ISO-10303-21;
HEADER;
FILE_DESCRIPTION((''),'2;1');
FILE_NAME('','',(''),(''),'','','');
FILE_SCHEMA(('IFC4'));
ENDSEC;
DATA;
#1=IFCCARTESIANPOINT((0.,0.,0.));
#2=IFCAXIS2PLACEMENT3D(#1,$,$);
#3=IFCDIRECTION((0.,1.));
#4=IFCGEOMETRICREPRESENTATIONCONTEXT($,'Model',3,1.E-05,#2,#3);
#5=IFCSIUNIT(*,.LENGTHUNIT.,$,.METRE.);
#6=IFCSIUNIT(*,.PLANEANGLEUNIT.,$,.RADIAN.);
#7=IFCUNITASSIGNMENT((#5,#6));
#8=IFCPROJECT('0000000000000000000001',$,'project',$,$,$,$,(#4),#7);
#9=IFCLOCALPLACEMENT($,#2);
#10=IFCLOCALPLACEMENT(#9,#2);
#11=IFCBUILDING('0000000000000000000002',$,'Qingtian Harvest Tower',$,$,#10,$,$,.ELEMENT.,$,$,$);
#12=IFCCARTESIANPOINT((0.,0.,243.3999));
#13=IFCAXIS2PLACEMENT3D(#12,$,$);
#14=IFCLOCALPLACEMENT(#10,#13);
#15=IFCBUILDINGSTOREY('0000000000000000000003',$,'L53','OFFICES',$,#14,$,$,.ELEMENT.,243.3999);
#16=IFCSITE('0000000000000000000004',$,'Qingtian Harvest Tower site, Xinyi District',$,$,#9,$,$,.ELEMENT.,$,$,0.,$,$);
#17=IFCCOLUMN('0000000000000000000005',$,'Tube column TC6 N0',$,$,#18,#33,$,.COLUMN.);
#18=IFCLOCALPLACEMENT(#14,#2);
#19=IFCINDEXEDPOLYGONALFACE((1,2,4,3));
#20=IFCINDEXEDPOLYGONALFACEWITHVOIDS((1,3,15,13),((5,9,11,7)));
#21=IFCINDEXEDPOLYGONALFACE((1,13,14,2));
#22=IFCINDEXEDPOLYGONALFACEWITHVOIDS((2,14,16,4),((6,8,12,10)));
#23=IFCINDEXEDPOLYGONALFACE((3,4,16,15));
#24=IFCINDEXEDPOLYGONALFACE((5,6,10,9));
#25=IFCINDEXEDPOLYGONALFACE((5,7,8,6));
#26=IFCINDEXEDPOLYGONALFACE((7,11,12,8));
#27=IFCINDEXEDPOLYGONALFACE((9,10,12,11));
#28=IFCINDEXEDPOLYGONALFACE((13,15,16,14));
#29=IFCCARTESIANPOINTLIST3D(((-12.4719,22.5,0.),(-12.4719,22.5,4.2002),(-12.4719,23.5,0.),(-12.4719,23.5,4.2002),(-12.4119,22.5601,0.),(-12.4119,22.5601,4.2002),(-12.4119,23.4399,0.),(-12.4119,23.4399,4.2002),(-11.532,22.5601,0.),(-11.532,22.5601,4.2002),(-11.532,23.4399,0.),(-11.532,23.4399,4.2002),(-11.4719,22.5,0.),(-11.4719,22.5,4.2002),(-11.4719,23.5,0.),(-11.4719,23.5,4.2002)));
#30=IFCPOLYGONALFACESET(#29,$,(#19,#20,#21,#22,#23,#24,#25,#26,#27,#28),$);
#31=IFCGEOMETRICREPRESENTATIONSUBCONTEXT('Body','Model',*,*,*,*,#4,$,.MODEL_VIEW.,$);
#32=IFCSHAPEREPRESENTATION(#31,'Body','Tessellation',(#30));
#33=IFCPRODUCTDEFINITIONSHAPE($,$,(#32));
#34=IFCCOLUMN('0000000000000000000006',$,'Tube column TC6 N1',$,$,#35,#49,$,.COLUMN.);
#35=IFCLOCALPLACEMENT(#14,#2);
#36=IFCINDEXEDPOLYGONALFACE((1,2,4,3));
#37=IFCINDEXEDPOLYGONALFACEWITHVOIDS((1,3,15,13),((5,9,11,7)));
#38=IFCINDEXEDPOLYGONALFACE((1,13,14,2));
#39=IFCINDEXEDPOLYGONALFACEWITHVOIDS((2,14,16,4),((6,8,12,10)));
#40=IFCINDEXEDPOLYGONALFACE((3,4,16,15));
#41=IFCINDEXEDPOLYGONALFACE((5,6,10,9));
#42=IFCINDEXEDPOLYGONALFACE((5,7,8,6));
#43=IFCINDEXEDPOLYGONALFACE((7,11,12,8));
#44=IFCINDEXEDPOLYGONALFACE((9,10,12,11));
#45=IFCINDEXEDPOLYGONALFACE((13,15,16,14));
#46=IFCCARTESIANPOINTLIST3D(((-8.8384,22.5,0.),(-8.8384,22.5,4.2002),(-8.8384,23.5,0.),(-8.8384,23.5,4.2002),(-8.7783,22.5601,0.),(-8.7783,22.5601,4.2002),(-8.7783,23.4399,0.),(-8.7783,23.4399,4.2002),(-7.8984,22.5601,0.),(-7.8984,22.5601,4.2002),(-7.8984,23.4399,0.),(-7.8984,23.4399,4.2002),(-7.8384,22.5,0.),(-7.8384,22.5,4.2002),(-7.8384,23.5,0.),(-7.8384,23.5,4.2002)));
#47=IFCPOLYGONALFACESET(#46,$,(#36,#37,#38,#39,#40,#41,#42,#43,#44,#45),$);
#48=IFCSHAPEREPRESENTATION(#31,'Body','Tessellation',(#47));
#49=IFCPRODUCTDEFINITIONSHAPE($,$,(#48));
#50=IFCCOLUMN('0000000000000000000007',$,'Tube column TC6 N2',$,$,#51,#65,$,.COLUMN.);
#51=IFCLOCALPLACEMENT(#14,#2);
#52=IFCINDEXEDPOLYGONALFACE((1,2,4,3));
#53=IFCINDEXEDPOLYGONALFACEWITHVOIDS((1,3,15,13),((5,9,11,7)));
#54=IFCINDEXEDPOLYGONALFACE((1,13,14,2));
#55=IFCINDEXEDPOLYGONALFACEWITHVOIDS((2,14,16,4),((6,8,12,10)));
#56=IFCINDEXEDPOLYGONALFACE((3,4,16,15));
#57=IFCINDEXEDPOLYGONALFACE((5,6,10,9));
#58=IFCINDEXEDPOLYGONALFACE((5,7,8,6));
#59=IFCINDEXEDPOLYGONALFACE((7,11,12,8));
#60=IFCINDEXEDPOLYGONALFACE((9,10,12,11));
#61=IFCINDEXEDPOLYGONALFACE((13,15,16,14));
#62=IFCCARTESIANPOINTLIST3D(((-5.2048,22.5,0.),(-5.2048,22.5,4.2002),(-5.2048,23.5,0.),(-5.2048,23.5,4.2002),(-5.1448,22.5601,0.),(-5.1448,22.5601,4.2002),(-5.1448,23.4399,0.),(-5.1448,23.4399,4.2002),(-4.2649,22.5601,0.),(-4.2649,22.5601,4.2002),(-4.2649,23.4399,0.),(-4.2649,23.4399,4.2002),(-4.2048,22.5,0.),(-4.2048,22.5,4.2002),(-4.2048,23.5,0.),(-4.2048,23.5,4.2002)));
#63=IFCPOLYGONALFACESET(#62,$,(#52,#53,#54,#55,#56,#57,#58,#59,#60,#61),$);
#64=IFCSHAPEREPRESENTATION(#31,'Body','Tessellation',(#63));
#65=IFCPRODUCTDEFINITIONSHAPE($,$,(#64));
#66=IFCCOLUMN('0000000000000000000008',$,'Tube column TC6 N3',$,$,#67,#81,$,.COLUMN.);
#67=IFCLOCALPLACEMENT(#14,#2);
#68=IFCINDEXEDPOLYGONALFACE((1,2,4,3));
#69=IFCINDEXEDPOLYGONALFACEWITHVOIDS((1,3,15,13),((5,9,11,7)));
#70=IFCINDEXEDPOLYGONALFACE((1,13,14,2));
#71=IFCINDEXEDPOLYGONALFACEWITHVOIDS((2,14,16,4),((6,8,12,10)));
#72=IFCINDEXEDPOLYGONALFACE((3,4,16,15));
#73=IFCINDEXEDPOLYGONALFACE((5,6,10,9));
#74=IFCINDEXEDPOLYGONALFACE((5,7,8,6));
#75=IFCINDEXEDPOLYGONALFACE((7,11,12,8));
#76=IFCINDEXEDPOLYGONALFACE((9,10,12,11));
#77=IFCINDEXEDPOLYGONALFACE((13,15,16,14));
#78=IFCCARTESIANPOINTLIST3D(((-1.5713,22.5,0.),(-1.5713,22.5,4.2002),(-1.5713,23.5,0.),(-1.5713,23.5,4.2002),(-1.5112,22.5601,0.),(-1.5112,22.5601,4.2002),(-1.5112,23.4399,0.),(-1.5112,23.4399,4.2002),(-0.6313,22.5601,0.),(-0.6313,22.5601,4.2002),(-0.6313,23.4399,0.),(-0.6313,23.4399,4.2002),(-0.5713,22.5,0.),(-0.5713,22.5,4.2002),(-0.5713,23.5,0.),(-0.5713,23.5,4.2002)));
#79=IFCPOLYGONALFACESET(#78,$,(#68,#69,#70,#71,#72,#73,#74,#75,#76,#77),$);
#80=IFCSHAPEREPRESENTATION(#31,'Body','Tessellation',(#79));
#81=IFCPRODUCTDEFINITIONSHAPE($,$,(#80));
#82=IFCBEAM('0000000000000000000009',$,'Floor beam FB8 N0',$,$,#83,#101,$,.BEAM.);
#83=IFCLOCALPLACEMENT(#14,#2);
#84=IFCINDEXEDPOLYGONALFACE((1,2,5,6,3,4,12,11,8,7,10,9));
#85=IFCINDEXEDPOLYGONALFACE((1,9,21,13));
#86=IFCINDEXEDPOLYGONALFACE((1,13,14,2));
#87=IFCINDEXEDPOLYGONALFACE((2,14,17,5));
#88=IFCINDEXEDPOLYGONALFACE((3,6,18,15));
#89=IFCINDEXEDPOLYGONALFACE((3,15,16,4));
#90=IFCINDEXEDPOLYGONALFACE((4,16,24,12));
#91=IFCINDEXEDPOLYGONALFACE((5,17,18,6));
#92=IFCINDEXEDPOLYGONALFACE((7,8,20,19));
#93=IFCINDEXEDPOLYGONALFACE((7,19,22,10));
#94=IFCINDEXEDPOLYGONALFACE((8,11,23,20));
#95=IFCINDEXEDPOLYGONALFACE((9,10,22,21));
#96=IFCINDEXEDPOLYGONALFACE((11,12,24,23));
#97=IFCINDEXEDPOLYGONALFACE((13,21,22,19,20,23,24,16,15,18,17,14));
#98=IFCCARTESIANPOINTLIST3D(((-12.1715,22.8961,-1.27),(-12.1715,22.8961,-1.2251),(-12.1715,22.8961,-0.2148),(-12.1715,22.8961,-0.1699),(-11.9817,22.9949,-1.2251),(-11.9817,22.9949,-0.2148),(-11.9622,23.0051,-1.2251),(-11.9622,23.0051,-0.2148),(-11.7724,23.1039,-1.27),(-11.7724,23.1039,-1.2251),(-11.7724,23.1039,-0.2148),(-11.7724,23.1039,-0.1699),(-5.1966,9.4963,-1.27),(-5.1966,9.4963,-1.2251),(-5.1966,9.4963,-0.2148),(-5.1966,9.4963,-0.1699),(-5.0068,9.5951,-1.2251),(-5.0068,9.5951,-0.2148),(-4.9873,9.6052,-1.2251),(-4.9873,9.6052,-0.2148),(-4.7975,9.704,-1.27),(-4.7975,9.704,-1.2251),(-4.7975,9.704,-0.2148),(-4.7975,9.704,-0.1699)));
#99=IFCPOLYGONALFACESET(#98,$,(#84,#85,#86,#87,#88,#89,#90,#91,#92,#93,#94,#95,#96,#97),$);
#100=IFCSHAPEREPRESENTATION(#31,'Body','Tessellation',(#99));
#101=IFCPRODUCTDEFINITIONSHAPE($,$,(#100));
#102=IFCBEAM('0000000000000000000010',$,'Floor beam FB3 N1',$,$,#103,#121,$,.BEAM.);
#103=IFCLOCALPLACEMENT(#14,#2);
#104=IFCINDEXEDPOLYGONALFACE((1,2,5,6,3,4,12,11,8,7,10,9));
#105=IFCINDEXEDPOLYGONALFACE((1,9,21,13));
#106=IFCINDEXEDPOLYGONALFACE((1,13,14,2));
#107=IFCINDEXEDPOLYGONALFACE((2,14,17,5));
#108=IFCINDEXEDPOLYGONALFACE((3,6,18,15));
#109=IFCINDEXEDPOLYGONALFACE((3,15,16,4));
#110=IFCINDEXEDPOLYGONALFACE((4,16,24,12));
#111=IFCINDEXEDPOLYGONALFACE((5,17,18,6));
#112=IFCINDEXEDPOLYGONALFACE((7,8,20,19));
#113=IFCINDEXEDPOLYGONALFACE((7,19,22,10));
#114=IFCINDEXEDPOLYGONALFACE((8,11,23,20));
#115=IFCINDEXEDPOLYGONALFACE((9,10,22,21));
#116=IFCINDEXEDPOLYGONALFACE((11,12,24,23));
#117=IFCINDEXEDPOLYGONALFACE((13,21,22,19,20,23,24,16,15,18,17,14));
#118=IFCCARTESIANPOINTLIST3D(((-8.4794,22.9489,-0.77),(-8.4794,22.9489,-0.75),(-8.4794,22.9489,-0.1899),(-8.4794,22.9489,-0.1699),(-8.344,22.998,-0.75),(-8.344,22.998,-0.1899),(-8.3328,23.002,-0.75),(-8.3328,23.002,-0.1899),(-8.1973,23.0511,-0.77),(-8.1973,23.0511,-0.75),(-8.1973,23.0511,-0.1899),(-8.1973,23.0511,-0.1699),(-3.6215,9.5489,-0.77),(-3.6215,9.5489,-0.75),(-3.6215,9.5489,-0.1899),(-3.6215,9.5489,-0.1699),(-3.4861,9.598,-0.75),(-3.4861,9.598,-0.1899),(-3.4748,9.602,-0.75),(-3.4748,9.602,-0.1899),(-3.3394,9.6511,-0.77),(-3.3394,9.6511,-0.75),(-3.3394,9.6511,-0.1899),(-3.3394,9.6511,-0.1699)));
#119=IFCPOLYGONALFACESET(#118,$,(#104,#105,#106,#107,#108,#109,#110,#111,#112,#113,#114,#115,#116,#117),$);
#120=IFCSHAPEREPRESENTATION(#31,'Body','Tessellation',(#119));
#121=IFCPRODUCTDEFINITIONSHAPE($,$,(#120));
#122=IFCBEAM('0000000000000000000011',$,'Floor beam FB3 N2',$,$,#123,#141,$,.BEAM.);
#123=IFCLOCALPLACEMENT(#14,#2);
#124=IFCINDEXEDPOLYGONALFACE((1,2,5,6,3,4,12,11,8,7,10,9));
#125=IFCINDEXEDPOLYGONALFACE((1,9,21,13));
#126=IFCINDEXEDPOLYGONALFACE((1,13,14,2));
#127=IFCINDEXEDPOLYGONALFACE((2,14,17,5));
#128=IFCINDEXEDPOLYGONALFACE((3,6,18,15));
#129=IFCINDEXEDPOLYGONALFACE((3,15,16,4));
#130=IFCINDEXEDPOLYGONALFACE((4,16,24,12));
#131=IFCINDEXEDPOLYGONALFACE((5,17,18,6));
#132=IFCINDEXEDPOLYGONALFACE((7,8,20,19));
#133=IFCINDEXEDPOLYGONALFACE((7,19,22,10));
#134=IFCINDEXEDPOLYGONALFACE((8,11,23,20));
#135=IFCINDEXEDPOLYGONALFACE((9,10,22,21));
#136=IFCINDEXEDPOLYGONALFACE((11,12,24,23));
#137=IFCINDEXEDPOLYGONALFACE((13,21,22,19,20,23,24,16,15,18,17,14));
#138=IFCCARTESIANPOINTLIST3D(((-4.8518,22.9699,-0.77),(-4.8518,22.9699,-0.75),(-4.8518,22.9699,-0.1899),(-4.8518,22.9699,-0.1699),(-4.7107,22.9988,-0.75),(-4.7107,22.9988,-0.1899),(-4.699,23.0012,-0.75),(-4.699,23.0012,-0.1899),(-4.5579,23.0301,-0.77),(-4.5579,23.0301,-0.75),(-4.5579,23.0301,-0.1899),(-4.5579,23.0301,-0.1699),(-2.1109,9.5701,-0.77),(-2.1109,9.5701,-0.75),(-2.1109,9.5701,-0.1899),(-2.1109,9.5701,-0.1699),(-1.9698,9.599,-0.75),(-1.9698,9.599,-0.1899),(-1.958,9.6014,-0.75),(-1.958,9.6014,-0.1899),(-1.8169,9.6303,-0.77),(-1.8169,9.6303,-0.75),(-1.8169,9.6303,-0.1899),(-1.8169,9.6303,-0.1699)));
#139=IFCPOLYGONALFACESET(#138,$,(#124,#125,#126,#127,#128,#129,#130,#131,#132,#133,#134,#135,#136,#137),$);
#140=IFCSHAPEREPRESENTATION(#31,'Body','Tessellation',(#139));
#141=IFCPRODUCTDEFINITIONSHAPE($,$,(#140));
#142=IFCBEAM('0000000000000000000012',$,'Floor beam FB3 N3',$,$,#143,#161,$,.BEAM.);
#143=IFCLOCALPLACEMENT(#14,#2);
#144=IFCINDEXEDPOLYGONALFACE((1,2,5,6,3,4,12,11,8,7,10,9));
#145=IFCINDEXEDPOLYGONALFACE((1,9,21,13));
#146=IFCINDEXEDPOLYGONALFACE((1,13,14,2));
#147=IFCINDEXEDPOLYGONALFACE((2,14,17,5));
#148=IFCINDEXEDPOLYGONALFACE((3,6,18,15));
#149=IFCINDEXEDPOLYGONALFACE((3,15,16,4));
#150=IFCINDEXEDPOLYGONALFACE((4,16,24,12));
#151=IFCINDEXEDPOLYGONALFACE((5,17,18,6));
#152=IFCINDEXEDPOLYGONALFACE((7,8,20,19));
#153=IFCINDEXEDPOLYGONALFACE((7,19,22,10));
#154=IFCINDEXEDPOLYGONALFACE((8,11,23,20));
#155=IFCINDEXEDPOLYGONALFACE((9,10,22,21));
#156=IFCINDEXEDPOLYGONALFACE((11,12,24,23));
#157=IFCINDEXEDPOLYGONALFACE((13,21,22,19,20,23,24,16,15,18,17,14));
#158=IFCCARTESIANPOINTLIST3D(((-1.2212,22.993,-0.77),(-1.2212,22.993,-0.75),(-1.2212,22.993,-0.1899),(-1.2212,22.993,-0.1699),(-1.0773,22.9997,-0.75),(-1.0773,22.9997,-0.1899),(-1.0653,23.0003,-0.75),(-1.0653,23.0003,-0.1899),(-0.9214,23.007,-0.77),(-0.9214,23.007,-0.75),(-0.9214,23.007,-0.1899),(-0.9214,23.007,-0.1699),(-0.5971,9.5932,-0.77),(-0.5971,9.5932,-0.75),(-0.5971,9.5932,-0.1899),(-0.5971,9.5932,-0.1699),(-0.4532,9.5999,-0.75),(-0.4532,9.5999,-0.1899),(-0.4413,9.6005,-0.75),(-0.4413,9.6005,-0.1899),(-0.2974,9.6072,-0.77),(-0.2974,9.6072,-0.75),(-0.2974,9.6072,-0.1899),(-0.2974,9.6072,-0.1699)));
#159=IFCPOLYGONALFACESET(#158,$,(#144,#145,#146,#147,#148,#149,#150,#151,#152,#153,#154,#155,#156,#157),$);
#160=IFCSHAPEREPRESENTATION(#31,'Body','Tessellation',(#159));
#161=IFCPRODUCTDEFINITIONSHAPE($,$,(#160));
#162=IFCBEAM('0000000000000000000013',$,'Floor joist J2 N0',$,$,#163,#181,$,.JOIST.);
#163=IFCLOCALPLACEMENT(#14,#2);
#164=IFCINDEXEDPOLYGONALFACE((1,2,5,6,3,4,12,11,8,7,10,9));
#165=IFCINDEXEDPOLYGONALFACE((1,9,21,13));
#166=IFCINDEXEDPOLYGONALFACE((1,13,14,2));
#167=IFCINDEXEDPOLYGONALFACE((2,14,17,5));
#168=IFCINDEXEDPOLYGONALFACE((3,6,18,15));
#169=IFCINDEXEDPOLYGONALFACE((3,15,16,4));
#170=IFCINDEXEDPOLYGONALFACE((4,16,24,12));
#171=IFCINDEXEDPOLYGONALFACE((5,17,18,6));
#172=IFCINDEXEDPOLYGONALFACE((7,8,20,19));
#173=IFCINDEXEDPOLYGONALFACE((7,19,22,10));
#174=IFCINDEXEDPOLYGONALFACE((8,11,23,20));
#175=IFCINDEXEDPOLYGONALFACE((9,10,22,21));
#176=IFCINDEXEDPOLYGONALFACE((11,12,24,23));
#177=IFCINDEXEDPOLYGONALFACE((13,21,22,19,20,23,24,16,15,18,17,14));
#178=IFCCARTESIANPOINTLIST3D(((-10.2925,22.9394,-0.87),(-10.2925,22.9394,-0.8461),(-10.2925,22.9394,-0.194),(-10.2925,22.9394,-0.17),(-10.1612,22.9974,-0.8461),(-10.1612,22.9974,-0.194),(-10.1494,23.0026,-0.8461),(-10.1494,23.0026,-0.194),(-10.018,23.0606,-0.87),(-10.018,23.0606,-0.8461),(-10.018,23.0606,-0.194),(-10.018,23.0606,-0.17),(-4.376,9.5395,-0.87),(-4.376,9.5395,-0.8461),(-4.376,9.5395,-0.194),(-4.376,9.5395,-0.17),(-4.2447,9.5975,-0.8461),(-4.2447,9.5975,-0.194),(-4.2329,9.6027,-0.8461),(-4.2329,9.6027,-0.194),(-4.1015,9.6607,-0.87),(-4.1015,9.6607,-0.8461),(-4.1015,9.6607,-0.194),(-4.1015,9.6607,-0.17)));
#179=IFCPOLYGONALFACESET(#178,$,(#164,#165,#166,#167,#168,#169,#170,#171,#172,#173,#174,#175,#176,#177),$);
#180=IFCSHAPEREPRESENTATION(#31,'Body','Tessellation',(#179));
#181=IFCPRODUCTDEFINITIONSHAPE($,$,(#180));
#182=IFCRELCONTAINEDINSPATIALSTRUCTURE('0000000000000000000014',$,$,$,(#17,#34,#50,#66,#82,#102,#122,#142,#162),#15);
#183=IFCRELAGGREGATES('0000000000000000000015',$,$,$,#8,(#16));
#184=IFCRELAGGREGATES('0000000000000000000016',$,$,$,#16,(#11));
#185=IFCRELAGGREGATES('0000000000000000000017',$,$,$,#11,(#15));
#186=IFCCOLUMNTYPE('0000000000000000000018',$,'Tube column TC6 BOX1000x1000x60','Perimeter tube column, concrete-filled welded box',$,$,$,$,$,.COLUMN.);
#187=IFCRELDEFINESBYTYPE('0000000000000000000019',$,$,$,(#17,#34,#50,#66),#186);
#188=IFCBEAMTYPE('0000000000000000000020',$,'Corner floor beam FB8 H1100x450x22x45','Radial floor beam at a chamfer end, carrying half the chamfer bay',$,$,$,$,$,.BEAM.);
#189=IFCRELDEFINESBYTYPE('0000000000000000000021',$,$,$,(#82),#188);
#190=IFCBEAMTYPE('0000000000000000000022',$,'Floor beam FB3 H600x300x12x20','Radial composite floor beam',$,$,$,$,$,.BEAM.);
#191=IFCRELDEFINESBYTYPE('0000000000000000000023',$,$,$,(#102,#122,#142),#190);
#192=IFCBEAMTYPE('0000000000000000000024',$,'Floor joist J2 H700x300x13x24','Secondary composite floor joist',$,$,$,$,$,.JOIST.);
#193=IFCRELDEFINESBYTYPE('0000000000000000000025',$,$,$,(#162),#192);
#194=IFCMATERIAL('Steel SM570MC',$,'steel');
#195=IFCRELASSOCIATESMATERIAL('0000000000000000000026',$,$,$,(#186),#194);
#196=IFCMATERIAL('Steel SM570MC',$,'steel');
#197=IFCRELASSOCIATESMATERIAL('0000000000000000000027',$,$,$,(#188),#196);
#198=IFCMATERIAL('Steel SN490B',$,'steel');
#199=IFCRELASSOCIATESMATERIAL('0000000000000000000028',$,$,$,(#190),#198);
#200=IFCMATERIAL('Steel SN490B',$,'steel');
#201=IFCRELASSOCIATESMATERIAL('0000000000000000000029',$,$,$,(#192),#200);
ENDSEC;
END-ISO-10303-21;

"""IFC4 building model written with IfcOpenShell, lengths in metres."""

from ifc_helpers import new_model, si_unit, direction, frame, origin, origin_2d, place, context, subcontext, project, spatial, hollow_rectangle, i_section, extrude, material, material_profile, profile_set, type_object, element, save


model = new_model("IFC4")

# Units and contexts
model_context = context("Model", 3, precision=1e-05, world=origin(), true_north=direction((0.0, 1.0)))
body_context = subcontext(model_context, "Body", "Model", "MODEL_VIEW")
ifc_project = project(units=[si_unit("LENGTHUNIT", "METRE"), si_unit("PLANEANGLEUNIT", "RADIAN")], contexts=[model_context])

# Site, building, storey
site_placement = place(None, origin())
site = spatial("IfcSite", under=ifc_project, at=site_placement, Name="Qingtian Harvest Tower site, Xinyi District", CompositionType="ELEMENT", RefElevation=0.0)
building_placement = place(site_placement, origin())
building = spatial("IfcBuilding", under=site, at=building_placement, Name="Qingtian Harvest Tower", CompositionType="ELEMENT")
storey_placement = place(building_placement, frame((0.0, 0.0, 243.3999)))
storey = spatial("IfcBuildingStorey", under=building, at=storey_placement, Name="L53", Description="OFFICES", CompositionType="ELEMENT", Elevation=243.3999)

# Columns
ifc_material_1 = material(Name="Steel SM570MC", Category="steel")
ifc_material_profile_1 = material_profile(ifc_material_1, hollow_rectangle(XDim=1.0, YDim=1.0, WallThickness=0.0601, at=origin_2d()), Name="BOX1000x1000x60")
ifc_profile_set_1 = profile_set([ifc_material_profile_1], Name="Steel SM570MC")
column_type = type_object("IfcColumnType", Name="Tube column TC6 BOX1000x1000x60", Description="Perimeter tube column, concrete-filled welded box", PredefinedType="COLUMN", material=ifc_profile_set_1)
for number, where, z_axis, x_axis, name in (
    (1, (-11.9719, 23.0, 0.0), (0.0, 0.0, 1.0), (-1.0, 0.0, 0.0), "Tube column TC6 N0"),
    (2, (-8.3384, 23.0, 0.0), (0.0, 0.0, 1.0), (-1.0, 0.0, 0.0), "Tube column TC6 N1"),
    (3, (-4.7048, 23.0, 0.0), (0.0, 0.0, 1.0), (-1.0, 0.0, 0.0), "Tube column TC6 N2"),
    (4, (-1.0713, 23.0, 0.0), (0.0, 0.0, 1.0), (-1.0, 0.0, 0.0), "Tube column TC6 N3"),
):
    element("IfcColumn", number, at=place(storey_placement, frame(where, z_axis=z_axis, x_axis=x_axis)), inside=storey, type_object=column_type, Name=name, PredefinedType="COLUMN", context=body_context, shape_type="SweptSolid", body=[
        extrude(hollow_rectangle(XDim=1.0, YDim=1.0, WallThickness=0.0601, at=origin_2d()), origin(), (0.0, 0.0, 1.0), 4.2002),
    ])

# Beams
ifc_material_2 = material(Name="Steel SM570MC", Category="steel")
ifc_material_profile_2 = material_profile(ifc_material_2, i_section(OverallWidth=0.45, OverallDepth=1.1001, WebThickness=0.022, FlangeThickness=0.0449, at=origin_2d()), Name="H1100x450x22x45")
ifc_profile_set_2 = profile_set([ifc_material_profile_2], Name="Steel SM570MC")
beam_type_1 = type_object("IfcBeamType", Name="Corner floor beam FB8 H1100x450x22x45", Description="Radial floor beam at a chamfer end, carrying half the chamfer bay", PredefinedType="BEAM", material=ifc_profile_set_2)
beam_1_placement = place(storey_placement, frame((-11.9719, 23.0, -0.72), z_axis=(0.461712, -0.88703, 0.0), x_axis=(0.88703, 0.461712, 0.0)))
element("IfcBeam", 5, at=beam_1_placement, inside=storey, type_object=beam_type_1, Name="Floor beam FB8 N0", PredefinedType="BEAM", context=body_context, shape_type="SweptSolid", body=[
    extrude(i_section(OverallWidth=0.45, OverallDepth=1.1001, WebThickness=0.022, FlangeThickness=0.0449, at=origin_2d()), origin(), (0.0, 0.0, 1.0), 15.1064),
])
ifc_material_3 = material(Name="Steel SN490B", Category="steel")
ifc_material_profile_3 = material_profile(ifc_material_3, i_section(OverallWidth=0.3, OverallDepth=0.6001, WebThickness=0.012, FlangeThickness=0.02, at=origin_2d()), Name="H600x300x12x20")
ifc_profile_set_3 = profile_set([ifc_material_profile_3], Name="Steel SN490B")
beam_type_2 = type_object("IfcBeamType", Name="Floor beam FB3 H600x300x12x20", Description="Radial composite floor beam", PredefinedType="BEAM", material=ifc_profile_set_3)
beam_2_placement = place(storey_placement, frame((-8.3384, 23.0, -0.47), z_axis=(0.340827, -0.940126, 0.0), x_axis=(0.940126, 0.340827, 0.0)))
element("IfcBeam", 6, at=beam_2_placement, inside=storey, type_object=beam_type_2, Name="Floor beam FB3 N1", PredefinedType="BEAM", context=body_context, shape_type="SweptSolid", body=[
    extrude(i_section(OverallWidth=0.3, OverallDepth=0.6001, WebThickness=0.012, FlangeThickness=0.02, at=origin_2d()), origin(), (0.0, 0.0, 1.0), 14.2534),
])
beam_3_placement = place(storey_placement, frame((-4.7048, 23.0, -0.47), z_axis=(0.200402, -0.979714, 0.0), x_axis=(0.979714, 0.200402, 0.0)))
element("IfcBeam", 7, at=beam_3_placement, inside=storey, type_object=beam_type_2, Name="Floor beam FB3 N2", PredefinedType="BEAM", context=body_context, shape_type="SweptSolid", body=[
    extrude(i_section(OverallWidth=0.3, OverallDepth=0.6001, WebThickness=0.012, FlangeThickness=0.02, at=origin_2d()), origin(), (0.0, 0.0, 1.0), 13.6772),
])
beam_4_placement = place(storey_placement, frame((-1.0713, 23.0, -0.47), z_axis=(0.046519, -0.998917, 0.0), x_axis=(0.998917, 0.046519, 0.0)))
element("IfcBeam", 8, at=beam_4_placement, inside=storey, type_object=beam_type_2, Name="Floor beam FB3 N3", PredefinedType="BEAM", context=body_context, shape_type="SweptSolid", body=[
    extrude(i_section(OverallWidth=0.3, OverallDepth=0.6001, WebThickness=0.012, FlangeThickness=0.02, at=origin_2d()), origin(), (0.0, 0.0, 1.0), 13.4143),
])
ifc_material_4 = material(Name="Steel SN490B", Category="steel")
ifc_material_profile_4 = material_profile(ifc_material_4, i_section(OverallWidth=0.3, OverallDepth=0.7, WebThickness=0.0129, FlangeThickness=0.0239, at=origin_2d()), Name="H700x300x13x24")
ifc_profile_set_4 = profile_set([ifc_material_profile_4], Name="Steel SN490B")
beam_type_3 = type_object("IfcBeamType", Name="Floor joist J2 H700x300x13x24", Description="Secondary composite floor joist", PredefinedType="JOIST", material=ifc_profile_set_4)
beam_5_placement = place(storey_placement, frame((-10.1553, 23.0, -0.52), z_axis=(0.403913, -0.914797, 0.0), x_axis=(0.914797, 0.403913, 0.0)))
element("IfcBeam", 9, at=beam_5_placement, inside=storey, type_object=beam_type_3, Name="Floor joist J2 N0", PredefinedType="JOIST", context=body_context, shape_type="SweptSolid", body=[
    extrude(i_section(OverallWidth=0.3, OverallDepth=0.7, WebThickness=0.0129, FlangeThickness=0.0239, at=origin_2d()), origin(), (0.0, 0.0, 1.0), 14.6479),
])

save(model, "model.ifc")
